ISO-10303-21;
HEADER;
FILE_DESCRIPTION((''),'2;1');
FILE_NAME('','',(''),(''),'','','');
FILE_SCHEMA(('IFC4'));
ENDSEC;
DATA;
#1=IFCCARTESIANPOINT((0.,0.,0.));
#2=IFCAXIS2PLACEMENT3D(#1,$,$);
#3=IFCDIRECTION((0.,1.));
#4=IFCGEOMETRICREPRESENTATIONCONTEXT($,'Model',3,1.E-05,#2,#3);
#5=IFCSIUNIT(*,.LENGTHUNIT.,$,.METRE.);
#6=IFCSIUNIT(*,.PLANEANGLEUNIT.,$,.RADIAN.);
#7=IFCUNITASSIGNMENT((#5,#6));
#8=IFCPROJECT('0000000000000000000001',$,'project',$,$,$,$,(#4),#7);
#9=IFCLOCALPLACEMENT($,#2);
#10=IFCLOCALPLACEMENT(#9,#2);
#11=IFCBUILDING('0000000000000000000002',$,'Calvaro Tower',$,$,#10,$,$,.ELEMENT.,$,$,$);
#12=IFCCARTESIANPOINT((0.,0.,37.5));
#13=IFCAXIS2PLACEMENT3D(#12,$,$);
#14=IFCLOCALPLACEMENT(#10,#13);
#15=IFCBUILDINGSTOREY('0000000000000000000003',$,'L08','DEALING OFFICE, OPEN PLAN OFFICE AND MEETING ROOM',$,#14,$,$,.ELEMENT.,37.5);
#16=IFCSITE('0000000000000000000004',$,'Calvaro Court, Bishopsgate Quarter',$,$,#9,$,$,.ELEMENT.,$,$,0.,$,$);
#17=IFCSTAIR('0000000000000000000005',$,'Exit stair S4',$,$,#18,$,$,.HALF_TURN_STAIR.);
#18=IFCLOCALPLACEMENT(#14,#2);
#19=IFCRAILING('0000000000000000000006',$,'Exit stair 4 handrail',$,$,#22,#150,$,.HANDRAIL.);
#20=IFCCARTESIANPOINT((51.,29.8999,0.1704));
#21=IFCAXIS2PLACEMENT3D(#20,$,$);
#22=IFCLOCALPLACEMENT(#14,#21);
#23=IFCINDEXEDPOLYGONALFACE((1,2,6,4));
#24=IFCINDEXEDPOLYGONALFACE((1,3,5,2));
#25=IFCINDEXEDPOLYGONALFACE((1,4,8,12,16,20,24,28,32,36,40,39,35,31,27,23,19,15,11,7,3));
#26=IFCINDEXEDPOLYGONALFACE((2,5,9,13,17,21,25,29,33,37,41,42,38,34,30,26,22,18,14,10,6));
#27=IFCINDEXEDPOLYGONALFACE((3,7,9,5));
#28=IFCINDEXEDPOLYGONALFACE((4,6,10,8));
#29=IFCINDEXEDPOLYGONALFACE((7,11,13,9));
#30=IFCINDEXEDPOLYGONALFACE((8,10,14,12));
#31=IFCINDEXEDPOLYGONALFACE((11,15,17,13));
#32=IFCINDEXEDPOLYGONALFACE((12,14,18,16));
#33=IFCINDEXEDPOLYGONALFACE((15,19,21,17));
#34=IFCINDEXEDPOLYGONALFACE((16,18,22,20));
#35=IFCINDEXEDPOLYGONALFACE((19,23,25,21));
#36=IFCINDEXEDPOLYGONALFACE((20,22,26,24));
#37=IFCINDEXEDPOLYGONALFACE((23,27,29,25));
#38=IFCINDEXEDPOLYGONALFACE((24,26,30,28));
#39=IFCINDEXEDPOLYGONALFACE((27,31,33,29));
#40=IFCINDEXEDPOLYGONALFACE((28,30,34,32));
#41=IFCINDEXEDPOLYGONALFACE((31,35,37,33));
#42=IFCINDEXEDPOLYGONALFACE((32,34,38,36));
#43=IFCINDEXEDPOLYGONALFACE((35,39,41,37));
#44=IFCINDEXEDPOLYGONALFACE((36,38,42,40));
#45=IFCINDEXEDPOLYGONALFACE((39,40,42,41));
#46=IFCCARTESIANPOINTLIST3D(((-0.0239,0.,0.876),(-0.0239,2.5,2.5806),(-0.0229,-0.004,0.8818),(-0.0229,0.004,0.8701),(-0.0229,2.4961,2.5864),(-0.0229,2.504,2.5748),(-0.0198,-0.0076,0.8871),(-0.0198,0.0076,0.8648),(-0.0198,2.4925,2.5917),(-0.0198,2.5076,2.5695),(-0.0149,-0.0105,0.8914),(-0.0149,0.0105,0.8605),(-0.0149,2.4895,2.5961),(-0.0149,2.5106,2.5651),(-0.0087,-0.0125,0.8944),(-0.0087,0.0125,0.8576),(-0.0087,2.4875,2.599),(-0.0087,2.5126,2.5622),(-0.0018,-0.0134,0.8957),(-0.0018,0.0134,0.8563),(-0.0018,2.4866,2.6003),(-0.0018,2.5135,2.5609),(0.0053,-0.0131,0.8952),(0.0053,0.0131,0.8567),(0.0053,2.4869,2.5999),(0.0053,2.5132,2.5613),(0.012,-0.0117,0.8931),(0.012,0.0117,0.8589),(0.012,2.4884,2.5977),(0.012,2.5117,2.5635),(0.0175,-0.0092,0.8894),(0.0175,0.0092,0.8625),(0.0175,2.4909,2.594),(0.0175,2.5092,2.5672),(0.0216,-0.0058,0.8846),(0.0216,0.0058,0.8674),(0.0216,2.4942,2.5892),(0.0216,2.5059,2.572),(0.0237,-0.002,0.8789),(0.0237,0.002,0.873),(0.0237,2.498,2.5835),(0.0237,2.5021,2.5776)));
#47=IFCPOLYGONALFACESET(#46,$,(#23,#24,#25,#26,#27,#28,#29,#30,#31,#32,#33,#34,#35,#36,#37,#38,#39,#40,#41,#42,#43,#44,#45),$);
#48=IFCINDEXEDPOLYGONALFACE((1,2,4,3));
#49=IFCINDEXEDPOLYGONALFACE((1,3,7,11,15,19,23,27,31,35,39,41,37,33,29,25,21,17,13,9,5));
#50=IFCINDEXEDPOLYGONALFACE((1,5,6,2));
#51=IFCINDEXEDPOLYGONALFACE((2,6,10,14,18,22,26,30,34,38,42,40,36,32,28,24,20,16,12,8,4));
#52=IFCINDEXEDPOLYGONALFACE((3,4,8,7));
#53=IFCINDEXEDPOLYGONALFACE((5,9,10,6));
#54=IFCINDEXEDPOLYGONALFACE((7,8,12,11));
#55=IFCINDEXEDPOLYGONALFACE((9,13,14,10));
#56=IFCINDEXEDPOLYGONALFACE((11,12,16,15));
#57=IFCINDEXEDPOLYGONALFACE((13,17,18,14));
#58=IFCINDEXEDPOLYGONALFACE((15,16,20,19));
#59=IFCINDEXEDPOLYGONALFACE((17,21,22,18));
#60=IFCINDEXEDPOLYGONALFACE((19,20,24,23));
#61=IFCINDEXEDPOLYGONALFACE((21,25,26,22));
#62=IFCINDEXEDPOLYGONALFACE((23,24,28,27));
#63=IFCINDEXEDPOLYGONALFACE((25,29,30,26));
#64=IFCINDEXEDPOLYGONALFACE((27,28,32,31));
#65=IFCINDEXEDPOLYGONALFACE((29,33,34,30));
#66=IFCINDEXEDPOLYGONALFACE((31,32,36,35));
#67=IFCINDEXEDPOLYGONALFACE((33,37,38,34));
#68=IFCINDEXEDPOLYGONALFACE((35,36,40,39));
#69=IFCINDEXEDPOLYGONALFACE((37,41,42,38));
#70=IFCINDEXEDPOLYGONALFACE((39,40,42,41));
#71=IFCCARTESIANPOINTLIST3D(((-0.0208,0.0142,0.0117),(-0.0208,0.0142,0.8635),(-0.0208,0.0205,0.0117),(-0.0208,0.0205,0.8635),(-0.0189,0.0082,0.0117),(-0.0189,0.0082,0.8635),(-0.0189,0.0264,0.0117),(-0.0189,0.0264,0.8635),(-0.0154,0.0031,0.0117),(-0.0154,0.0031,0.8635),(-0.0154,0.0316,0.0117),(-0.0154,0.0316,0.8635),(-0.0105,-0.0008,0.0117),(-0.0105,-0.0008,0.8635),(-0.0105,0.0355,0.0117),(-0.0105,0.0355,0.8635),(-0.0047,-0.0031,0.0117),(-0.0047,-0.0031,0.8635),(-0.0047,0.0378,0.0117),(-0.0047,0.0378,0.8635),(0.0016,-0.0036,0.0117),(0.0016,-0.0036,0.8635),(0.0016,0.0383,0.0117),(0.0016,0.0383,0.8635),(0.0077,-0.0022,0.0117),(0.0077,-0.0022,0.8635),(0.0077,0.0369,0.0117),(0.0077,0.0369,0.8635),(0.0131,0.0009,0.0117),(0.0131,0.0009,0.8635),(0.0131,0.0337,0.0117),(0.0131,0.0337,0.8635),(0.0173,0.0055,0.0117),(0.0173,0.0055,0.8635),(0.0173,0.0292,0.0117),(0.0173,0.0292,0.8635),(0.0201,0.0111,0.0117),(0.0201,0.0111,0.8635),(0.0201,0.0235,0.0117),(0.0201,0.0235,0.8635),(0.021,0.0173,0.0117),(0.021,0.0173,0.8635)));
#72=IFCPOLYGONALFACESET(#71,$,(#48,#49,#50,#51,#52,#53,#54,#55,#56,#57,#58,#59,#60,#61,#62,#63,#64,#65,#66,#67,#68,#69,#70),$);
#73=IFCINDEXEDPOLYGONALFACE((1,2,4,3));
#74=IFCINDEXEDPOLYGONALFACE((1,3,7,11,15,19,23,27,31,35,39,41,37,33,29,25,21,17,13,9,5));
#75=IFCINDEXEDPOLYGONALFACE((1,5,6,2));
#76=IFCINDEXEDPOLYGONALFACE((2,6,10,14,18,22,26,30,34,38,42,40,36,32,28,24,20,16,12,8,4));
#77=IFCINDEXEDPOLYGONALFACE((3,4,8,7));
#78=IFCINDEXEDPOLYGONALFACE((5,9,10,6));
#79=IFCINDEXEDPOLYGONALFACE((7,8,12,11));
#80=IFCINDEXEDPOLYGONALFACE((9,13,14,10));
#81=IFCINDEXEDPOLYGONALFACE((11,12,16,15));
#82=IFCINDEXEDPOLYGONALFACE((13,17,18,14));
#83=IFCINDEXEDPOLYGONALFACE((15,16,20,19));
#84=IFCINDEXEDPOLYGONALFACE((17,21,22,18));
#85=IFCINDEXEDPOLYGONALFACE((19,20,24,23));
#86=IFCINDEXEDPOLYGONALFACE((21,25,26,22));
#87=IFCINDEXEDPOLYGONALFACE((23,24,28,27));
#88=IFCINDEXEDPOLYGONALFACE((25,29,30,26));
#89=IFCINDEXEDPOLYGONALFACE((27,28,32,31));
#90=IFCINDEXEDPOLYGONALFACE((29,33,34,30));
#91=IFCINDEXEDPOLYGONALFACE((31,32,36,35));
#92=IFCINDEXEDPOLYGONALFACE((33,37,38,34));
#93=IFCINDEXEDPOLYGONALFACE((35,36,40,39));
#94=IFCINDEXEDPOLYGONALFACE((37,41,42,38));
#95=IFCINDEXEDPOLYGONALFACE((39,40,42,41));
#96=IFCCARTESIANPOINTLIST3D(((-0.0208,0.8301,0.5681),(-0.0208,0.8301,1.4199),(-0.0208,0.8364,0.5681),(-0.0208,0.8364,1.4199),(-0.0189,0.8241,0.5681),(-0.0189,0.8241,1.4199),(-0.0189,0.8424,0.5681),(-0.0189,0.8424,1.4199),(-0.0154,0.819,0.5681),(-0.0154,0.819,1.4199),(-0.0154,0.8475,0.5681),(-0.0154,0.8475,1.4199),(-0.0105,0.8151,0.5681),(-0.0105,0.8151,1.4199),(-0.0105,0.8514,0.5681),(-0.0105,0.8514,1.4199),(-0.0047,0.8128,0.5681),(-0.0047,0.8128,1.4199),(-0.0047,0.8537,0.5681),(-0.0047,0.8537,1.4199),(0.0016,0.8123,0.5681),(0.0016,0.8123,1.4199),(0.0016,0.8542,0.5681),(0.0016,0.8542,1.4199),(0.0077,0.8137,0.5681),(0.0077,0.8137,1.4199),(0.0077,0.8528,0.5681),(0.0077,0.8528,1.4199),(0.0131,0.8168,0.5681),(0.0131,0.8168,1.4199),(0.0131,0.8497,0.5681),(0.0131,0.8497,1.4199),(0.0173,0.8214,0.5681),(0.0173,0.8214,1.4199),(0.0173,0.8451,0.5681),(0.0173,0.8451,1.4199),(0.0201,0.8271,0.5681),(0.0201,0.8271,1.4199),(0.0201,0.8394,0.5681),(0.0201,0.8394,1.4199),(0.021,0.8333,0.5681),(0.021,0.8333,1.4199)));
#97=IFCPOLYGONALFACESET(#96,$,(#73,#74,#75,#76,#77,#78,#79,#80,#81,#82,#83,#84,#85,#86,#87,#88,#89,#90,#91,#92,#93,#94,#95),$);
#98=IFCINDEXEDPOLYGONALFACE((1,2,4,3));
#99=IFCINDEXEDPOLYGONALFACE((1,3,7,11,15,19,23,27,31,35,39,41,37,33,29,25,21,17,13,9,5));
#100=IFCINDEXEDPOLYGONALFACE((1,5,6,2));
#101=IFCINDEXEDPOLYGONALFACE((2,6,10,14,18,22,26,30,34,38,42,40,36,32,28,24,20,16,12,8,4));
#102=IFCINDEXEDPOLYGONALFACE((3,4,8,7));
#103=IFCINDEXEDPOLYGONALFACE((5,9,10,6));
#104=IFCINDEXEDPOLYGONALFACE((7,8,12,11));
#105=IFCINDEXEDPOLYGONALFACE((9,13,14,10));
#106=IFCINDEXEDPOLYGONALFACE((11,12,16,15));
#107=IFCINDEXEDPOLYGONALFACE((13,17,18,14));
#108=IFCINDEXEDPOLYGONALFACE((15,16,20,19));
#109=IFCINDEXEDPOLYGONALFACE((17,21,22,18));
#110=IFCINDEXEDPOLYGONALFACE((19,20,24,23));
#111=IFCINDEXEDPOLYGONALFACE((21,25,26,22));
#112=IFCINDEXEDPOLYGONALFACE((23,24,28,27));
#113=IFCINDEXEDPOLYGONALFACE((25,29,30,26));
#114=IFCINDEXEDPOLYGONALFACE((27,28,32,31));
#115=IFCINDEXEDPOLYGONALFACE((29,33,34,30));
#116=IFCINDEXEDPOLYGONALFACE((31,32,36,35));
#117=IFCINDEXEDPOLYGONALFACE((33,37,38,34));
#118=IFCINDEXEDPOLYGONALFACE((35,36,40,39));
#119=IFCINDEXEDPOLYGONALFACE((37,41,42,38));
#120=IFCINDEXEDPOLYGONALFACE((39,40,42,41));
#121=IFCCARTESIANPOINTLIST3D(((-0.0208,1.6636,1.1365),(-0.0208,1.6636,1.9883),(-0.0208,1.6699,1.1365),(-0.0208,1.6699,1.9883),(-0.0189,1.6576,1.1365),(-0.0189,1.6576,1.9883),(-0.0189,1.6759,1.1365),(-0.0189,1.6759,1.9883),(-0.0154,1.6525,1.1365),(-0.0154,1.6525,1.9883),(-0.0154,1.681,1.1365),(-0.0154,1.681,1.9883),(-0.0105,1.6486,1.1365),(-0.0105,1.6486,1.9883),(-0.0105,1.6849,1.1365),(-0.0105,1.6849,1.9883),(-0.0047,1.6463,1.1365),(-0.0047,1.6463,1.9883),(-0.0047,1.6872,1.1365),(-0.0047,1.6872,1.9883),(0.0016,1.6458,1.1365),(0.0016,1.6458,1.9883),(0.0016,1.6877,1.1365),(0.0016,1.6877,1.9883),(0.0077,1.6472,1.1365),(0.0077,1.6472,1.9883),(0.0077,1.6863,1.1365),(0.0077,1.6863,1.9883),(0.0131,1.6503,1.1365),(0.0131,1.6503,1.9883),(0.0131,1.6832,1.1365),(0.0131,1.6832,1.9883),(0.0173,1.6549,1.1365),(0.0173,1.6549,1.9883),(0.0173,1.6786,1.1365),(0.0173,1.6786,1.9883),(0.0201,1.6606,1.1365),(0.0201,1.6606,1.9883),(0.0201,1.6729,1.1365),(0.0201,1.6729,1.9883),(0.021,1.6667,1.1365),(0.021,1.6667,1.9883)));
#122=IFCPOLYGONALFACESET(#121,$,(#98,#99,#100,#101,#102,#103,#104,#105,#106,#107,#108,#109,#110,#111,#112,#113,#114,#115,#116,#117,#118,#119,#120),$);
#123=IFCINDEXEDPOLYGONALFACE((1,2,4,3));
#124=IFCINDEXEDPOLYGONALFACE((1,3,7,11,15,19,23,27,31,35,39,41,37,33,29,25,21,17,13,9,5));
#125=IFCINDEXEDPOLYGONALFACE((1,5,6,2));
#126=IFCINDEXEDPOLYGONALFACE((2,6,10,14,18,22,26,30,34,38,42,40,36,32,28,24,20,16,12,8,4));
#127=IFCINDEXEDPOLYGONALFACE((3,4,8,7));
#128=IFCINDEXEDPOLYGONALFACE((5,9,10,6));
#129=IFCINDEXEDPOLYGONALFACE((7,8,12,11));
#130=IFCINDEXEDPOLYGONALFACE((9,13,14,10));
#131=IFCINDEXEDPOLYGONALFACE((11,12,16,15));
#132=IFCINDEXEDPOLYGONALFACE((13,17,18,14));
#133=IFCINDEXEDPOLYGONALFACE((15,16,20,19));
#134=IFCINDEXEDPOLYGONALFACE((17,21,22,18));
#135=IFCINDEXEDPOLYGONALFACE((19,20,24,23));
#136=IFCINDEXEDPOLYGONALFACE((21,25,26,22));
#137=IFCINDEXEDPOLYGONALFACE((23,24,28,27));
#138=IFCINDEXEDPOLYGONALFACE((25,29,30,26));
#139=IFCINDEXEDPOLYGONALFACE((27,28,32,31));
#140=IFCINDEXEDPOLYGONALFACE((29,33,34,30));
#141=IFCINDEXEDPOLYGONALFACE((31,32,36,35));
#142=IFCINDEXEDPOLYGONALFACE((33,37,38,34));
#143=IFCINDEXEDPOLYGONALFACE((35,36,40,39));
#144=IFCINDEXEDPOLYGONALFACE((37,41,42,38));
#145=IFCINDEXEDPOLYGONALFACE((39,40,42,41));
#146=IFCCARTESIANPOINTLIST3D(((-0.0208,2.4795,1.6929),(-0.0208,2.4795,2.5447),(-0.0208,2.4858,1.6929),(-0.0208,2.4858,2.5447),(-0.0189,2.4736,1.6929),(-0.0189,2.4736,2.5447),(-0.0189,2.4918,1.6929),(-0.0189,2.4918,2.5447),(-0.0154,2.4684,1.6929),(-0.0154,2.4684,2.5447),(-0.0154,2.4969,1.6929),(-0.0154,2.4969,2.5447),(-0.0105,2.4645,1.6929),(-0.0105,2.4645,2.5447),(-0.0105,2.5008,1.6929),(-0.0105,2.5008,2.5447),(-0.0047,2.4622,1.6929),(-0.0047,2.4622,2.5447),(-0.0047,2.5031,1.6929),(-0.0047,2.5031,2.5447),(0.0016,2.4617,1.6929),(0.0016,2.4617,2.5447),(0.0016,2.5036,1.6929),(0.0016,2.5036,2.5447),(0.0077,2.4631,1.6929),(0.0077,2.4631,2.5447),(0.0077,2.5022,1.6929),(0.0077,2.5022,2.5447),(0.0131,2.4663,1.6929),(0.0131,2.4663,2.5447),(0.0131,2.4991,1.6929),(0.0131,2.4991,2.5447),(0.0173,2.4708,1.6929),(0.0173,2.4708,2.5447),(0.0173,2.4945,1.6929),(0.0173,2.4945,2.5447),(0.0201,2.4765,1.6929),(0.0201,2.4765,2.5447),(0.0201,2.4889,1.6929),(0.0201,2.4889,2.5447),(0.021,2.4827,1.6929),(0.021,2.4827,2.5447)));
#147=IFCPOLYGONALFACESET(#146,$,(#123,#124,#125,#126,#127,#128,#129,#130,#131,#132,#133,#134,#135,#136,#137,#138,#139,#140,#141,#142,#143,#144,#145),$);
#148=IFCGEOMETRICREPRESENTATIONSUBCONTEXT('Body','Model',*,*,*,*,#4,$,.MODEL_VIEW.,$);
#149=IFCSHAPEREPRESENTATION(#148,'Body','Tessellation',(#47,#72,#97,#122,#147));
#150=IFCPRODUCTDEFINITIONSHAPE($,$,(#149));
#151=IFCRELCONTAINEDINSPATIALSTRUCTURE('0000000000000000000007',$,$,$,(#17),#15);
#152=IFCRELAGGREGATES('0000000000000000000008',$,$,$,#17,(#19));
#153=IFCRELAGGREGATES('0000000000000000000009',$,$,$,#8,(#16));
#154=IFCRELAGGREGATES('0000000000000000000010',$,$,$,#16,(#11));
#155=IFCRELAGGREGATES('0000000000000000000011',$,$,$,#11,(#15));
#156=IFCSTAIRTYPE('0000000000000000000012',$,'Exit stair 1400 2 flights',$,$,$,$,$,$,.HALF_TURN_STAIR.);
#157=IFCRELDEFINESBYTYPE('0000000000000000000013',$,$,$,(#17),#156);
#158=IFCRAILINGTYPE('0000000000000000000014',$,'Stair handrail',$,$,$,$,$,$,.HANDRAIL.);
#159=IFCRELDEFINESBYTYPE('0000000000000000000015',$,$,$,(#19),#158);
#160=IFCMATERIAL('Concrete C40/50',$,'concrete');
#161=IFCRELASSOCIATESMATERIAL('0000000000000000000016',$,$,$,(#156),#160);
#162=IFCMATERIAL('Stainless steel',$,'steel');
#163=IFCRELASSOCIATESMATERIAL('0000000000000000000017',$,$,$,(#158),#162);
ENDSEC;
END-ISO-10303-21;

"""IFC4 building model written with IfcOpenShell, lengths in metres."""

from ifc_helpers import new_model, si_unit, direction, frame, origin, origin_2d, place, context, subcontext, project, spatial, circle, extrude, material, type_object, element, aggregate, save


model = new_model("IFC4")

# Units and contexts
model_context = context("Model", 3, precision=1e-05, world=origin(), true_north=direction((0.0, 1.0)))
body_context = subcontext(model_context, "Body", "Model", "MODEL_VIEW")
ifc_project = project(units=[si_unit("LENGTHUNIT", "METRE"), si_unit("PLANEANGLEUNIT", "RADIAN")], contexts=[model_context])

# Site, building, storey
site_placement = place(None, origin())
site = spatial("IfcSite", under=ifc_project, at=site_placement, Name="Calvaro Court, Bishopsgate Quarter", CompositionType="ELEMENT", RefElevation=0.0)
building_placement = place(site_placement, origin())
building = spatial("IfcBuilding", under=site, at=building_placement, Name="Calvaro Tower", CompositionType="ELEMENT")
storey_placement = place(building_placement, frame((0.0, 0.0, 37.5)))
storey = spatial("IfcBuildingStorey", under=building, at=storey_placement, Name="L08", Description="DEALING OFFICE, OPEN PLAN OFFICE AND MEETING ROOM", CompositionType="ELEMENT", Elevation=37.5)

# Shared definitions
ifc_material_1 = material(Name="Concrete C40/50", Category="concrete")
stair_type = type_object("IfcStairType", Name="Exit stair 1400 2 flights", PredefinedType="HALF_TURN_STAIR", material=ifc_material_1)
ifc_material_2 = material(Name="Stainless steel", Category="steel")
railing_type = type_object("IfcRailingType", Name="Stair handrail", PredefinedType="HANDRAIL", material=ifc_material_2)

# Stair, railing
stair_1_placement = place(storey_placement, origin())
stair_1 = element("IfcStair", 1, at=stair_1_placement, inside=storey, type_object=stair_type, Name="Exit stair S4", PredefinedType="HALF_TURN_STAIR")
railing_1_placement = place(storey_placement, frame((51.0, 29.8999, 0.1704)))
railing_1 = element("IfcRailing", 2, at=railing_1_placement, type_object=railing_type, Name="Exit stair 4 handrail", PredefinedType="HANDRAIL", context=body_context, shape_type="SweptSolid", body=[
    extrude(circle(Radius=0.0239, at=origin_2d()), frame((0.0, 0.0, 0.876), z_axis=(0.0, 0.826221, 0.563347), x_axis=(-1.0, 0.0, 0.0)), (0.0, 0.0, 1.0), 3.0259),
    extrude(circle(Radius=0.021, at=origin_2d()), frame((0.0, 0.0173, 0.0117)), (0.0, 0.0, 1.0), 0.8518),
    extrude(circle(Radius=0.021, at=origin_2d()), frame((0.0, 0.8333, 0.5681)), (0.0, 0.0, 1.0), 0.8518),
    extrude(circle(Radius=0.021, at=origin_2d()), frame((0.0, 1.6667, 1.1365)), (0.0, 0.0, 1.0), 0.8518),
    extrude(circle(Radius=0.021, at=origin_2d()), frame((0.0, 2.4827, 1.6929)), (0.0, 0.0, 1.0), 0.8518),
])
aggregate(stair_1, [railing_1])

save(model, "model.ifc")
